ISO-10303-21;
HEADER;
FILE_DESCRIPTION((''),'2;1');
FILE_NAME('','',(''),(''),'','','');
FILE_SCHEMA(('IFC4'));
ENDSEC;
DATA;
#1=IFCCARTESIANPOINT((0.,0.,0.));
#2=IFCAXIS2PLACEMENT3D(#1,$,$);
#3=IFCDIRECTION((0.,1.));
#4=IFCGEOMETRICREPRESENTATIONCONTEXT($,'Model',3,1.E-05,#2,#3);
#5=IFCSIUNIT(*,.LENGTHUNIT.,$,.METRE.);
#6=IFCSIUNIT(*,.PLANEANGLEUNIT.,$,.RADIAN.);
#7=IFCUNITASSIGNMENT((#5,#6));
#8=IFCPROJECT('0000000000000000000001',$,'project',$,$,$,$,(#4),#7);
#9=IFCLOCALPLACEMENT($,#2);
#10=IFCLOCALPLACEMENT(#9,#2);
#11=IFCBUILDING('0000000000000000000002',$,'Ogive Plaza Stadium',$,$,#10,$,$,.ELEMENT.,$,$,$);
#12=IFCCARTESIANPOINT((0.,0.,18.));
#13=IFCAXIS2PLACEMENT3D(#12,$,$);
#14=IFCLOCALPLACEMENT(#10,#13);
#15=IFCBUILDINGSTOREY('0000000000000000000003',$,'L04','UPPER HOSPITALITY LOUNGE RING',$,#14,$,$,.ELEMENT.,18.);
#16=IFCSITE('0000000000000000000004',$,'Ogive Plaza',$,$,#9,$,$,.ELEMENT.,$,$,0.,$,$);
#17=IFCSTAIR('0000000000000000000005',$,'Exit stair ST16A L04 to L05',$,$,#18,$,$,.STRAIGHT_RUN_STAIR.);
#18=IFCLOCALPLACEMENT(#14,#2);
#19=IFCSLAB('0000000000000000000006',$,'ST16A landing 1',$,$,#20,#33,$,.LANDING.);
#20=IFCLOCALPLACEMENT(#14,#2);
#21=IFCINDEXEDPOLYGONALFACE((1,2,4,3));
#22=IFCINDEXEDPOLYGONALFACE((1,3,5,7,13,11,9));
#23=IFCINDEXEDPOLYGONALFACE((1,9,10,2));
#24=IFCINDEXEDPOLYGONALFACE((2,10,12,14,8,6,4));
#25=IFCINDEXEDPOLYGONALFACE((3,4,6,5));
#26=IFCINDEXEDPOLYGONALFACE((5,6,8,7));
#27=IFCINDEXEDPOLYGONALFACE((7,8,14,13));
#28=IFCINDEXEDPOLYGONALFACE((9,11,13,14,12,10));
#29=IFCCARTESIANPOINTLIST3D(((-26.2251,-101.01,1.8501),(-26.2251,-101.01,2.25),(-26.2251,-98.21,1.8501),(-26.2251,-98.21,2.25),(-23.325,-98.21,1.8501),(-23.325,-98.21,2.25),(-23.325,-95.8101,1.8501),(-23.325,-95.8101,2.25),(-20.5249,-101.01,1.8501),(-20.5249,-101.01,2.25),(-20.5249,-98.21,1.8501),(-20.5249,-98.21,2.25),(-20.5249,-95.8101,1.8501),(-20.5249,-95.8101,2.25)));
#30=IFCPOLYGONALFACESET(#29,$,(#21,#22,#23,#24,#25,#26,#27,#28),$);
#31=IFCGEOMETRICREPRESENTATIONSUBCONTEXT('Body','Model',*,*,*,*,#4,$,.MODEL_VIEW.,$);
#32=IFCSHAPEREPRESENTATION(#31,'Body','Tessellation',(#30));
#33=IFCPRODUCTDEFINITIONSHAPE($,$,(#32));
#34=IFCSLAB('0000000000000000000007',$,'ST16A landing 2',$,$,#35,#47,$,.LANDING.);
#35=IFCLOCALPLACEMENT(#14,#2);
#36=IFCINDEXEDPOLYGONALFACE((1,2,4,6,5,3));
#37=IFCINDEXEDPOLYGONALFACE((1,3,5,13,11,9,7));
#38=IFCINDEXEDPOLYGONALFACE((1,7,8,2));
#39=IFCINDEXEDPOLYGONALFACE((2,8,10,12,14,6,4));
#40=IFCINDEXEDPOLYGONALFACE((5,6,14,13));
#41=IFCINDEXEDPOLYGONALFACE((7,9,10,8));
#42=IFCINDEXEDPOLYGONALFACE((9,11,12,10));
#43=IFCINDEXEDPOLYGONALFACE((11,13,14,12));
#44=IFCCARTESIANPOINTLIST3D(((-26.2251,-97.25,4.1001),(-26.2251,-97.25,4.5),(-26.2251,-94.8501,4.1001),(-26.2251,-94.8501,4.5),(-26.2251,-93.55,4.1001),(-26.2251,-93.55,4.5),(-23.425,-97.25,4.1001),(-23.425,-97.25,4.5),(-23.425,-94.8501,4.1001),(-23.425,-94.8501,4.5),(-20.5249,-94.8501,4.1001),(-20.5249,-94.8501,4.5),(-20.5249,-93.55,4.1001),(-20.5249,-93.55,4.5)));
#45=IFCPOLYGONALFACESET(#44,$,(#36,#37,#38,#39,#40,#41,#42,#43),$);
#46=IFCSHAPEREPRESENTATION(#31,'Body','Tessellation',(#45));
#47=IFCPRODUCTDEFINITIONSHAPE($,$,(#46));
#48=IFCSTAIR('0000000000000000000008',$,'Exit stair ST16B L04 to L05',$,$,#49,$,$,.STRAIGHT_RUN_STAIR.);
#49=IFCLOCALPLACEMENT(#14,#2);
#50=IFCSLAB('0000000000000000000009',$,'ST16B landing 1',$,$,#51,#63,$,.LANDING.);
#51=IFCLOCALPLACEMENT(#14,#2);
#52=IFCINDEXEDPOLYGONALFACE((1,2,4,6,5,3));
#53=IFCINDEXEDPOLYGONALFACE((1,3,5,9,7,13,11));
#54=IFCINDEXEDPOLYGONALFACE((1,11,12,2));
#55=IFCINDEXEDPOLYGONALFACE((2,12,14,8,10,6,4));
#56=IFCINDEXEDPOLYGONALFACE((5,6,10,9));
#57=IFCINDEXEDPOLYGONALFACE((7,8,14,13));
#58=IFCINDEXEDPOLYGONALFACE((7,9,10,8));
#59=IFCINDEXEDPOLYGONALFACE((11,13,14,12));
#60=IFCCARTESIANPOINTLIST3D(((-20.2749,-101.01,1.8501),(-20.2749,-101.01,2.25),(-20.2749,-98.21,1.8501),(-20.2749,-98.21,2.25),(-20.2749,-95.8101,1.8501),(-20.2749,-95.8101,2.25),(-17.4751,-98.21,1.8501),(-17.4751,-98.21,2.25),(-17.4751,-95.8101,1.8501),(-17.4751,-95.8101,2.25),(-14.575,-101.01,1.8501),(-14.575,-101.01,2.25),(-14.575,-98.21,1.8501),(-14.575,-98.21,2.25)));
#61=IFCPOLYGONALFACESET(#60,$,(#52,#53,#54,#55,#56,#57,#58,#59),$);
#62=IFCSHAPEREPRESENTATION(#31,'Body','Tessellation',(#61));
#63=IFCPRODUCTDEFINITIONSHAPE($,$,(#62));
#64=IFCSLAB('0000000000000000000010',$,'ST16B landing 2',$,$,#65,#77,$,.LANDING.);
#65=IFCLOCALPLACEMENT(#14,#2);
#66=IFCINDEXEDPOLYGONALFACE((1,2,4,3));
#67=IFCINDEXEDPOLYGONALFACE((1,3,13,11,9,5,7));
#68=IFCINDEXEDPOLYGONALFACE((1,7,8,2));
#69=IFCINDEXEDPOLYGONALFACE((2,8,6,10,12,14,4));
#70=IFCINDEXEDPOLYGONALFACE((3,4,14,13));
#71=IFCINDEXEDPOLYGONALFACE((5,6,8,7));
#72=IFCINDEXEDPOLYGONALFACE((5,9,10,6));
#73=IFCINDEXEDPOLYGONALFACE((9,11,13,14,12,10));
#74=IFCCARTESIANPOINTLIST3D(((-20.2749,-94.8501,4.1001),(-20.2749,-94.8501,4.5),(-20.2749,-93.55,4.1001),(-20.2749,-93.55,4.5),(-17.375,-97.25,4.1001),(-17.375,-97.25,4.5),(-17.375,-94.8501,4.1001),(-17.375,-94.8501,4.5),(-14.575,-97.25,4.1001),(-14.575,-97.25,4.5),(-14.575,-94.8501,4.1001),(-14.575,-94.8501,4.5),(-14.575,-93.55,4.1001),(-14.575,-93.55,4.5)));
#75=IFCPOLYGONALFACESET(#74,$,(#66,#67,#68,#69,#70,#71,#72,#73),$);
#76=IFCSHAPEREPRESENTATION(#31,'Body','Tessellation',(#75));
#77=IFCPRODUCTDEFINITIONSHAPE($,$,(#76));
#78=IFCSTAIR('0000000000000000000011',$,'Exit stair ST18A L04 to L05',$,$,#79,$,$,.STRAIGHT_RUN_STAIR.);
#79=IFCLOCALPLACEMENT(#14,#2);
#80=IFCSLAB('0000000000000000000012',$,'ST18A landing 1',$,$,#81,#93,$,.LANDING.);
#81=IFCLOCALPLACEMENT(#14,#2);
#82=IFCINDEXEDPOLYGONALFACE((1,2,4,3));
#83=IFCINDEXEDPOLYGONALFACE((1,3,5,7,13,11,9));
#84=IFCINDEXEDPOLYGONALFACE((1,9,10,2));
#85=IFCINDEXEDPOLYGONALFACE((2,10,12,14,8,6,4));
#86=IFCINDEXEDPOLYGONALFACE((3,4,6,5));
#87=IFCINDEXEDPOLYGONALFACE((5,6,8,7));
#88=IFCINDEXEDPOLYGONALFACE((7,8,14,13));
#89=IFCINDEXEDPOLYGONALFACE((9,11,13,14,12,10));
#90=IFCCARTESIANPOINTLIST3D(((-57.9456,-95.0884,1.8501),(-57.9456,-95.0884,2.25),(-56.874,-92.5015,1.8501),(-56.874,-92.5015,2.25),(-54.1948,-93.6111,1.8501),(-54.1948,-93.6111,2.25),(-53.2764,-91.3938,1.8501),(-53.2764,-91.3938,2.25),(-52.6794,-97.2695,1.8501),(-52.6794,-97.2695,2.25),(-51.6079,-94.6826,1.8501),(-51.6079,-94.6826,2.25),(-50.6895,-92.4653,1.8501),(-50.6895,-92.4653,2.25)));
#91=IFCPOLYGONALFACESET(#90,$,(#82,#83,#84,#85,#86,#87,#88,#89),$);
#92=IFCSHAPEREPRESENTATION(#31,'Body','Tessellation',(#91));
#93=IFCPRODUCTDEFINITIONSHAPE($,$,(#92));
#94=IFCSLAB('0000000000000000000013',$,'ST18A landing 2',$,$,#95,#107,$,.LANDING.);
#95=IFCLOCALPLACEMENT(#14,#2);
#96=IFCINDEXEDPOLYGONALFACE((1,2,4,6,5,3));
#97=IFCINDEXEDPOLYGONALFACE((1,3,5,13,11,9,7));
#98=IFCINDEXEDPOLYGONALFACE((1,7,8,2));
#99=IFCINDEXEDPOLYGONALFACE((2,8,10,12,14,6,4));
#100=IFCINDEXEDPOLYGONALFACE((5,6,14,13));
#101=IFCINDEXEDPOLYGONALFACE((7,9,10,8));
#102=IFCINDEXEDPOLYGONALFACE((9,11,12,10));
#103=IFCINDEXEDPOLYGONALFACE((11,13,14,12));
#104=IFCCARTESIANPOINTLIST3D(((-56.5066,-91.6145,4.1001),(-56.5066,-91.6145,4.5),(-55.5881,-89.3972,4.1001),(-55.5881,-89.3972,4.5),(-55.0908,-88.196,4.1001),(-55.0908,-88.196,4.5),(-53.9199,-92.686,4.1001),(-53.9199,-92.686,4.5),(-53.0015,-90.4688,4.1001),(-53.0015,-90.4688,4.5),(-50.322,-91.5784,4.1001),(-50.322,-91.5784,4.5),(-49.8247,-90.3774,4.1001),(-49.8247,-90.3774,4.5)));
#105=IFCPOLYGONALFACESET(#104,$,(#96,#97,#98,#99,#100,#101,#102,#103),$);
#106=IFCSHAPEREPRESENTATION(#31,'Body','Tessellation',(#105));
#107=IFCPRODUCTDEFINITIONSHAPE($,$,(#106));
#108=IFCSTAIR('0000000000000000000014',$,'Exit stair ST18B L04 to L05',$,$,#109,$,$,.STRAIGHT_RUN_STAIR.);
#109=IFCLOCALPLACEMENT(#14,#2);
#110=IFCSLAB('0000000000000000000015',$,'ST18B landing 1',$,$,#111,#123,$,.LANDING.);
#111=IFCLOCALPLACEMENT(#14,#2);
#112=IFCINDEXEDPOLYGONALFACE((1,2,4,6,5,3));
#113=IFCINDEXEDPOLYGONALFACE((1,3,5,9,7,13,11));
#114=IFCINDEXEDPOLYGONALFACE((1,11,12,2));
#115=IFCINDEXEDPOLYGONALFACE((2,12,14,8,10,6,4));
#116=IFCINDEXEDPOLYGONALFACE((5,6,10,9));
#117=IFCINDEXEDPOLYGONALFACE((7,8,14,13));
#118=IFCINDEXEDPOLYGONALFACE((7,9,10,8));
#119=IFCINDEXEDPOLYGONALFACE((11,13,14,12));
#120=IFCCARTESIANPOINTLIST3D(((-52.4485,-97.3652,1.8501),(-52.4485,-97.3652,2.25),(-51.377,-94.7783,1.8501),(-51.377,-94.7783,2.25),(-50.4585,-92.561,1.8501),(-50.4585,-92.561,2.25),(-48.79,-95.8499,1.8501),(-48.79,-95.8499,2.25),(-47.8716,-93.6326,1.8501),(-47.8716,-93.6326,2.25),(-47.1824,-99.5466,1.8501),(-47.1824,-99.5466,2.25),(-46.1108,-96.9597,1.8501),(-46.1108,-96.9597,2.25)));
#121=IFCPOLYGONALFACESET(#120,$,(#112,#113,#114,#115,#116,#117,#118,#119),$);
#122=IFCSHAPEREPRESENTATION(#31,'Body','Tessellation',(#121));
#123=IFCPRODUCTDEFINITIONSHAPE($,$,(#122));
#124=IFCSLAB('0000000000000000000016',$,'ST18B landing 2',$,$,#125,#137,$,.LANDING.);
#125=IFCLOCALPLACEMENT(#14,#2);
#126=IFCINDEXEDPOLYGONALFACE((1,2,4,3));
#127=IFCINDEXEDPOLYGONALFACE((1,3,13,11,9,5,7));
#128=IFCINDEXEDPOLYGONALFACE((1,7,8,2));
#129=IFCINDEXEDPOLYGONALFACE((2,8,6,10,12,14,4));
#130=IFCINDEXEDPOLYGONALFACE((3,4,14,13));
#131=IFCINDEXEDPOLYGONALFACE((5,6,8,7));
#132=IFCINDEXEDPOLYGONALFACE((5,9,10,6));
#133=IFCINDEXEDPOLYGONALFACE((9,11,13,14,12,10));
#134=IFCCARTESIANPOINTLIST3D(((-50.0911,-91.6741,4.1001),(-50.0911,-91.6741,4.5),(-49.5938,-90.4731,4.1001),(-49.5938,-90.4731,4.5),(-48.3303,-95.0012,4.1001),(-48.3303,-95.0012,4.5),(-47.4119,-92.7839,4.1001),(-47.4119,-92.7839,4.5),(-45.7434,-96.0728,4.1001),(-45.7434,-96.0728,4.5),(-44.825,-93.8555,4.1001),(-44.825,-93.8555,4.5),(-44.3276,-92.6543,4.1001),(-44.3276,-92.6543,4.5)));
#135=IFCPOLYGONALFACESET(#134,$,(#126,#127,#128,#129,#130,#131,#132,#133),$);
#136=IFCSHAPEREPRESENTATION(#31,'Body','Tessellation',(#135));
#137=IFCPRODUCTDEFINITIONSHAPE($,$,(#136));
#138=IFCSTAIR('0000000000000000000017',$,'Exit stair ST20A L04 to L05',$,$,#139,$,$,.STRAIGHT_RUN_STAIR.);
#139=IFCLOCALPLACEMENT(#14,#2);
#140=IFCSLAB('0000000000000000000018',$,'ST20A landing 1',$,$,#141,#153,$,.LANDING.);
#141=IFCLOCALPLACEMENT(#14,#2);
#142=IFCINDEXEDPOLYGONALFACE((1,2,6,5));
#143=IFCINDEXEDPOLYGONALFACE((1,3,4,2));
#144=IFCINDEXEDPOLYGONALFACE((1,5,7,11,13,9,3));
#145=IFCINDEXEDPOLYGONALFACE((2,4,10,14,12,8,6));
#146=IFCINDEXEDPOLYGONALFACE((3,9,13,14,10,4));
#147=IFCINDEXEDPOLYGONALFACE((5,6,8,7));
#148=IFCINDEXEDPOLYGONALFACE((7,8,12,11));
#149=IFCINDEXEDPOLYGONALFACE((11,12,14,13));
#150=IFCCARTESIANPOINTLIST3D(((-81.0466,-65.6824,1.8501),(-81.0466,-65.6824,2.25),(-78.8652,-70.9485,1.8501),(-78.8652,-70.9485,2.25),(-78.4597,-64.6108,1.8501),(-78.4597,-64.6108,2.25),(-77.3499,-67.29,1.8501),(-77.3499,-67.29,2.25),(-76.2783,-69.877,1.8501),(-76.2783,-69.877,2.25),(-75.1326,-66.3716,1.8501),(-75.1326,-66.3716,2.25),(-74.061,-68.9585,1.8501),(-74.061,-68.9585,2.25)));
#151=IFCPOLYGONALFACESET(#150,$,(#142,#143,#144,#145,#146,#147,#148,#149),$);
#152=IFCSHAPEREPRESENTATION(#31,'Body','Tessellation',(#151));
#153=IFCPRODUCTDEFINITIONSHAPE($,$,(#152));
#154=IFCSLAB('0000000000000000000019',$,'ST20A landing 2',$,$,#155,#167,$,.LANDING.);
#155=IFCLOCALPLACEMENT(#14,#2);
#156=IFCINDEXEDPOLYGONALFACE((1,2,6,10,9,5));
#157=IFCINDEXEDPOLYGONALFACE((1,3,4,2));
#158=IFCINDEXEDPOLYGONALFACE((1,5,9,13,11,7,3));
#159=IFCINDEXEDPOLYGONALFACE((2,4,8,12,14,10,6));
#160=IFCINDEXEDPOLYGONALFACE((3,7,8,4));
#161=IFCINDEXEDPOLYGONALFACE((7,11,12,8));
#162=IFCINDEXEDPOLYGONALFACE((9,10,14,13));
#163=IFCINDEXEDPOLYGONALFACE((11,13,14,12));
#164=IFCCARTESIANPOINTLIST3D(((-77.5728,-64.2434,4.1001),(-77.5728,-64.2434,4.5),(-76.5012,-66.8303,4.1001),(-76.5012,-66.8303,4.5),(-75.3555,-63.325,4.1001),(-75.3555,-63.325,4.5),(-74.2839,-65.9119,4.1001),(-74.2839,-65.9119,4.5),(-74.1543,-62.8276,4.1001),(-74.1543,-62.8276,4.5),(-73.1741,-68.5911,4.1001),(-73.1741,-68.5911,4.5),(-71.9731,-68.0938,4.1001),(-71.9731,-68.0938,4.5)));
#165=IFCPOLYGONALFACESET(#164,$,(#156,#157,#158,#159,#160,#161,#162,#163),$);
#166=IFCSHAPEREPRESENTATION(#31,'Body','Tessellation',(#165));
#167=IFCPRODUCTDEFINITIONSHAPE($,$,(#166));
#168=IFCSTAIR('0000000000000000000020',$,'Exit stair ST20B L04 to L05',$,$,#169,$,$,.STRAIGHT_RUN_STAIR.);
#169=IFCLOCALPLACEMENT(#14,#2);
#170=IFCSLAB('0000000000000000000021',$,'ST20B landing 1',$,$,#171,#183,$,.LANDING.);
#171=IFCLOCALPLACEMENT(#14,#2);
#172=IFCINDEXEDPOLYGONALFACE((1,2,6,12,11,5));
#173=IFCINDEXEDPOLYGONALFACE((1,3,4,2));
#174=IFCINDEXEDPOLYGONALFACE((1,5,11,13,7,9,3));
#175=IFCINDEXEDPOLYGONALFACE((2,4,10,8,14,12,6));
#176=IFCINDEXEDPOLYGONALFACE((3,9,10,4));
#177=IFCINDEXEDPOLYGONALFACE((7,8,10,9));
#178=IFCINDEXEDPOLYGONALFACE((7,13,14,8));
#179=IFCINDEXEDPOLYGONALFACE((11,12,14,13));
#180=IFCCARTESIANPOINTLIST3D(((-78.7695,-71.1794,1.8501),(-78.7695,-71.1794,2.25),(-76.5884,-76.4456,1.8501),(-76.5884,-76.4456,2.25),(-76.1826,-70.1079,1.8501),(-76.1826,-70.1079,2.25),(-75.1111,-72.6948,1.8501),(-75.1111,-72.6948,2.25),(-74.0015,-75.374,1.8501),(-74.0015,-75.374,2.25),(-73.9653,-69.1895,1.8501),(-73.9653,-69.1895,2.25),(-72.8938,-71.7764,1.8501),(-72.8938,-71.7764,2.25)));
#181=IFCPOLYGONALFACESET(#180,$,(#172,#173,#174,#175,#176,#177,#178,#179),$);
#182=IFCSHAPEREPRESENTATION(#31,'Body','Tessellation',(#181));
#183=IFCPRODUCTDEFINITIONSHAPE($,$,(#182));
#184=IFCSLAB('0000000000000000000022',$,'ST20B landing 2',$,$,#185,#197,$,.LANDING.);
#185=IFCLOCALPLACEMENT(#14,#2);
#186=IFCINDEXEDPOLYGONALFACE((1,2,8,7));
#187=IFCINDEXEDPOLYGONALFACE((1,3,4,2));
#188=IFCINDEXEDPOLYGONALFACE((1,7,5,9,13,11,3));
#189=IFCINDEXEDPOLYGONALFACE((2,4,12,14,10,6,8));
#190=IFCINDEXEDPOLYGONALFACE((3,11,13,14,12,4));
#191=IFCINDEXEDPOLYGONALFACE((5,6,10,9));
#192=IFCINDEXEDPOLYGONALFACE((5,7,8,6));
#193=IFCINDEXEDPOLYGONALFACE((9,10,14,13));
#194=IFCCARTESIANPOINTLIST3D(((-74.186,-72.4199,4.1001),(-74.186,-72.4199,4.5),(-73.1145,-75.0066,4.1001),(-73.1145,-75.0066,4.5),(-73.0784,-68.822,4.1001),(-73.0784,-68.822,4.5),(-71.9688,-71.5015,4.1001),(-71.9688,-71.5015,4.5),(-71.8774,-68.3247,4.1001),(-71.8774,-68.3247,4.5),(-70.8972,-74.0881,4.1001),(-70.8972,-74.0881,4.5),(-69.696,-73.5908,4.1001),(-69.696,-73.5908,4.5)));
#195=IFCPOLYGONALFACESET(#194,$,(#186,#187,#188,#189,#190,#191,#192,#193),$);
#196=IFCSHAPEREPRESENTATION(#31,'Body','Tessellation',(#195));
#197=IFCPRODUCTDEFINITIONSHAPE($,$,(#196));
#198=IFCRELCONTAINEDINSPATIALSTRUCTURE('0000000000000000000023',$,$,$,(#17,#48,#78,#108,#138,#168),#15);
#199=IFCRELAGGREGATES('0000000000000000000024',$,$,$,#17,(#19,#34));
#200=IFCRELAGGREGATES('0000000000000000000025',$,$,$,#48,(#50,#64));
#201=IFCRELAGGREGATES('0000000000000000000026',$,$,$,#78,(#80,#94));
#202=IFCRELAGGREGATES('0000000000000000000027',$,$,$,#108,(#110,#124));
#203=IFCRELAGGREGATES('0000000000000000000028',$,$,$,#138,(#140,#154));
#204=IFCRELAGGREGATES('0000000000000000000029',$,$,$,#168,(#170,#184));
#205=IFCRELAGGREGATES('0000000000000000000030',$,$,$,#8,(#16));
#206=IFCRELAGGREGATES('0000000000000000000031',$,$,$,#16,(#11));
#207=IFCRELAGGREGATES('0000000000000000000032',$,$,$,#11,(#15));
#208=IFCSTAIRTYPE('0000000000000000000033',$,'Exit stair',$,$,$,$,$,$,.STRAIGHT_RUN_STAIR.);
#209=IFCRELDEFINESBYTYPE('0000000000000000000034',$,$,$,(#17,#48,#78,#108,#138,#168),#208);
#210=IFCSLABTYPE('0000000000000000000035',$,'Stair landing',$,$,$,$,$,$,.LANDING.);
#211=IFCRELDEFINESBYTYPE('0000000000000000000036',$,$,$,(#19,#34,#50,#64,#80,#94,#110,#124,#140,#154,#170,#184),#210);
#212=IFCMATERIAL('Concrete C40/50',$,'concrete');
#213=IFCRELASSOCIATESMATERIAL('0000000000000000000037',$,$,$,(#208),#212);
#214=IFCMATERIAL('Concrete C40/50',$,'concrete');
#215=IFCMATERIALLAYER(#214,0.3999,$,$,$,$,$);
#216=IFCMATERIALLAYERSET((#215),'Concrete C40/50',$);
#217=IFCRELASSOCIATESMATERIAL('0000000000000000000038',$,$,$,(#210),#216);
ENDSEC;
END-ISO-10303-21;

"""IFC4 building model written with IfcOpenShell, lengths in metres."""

from ifc_helpers import new_model, si_unit, direction, frame, origin, place, context, subcontext, project, spatial, polyline, outline, extrude, material, layer, layer_set, type_object, element, aggregate, save


model = new_model("IFC4")

# Units and contexts
model_context = context("Model", 3, precision=1e-05, world=origin(), true_north=direction((0.0, 1.0)))
body_context = subcontext(model_context, "Body", "Model", "MODEL_VIEW")
ifc_project = project(units=[si_unit("LENGTHUNIT", "METRE"), si_unit("PLANEANGLEUNIT", "RADIAN")], contexts=[model_context])

# Site, building, storey
site_placement = place(None, origin())
site = spatial("IfcSite", under=ifc_project, at=site_placement, Name="Ogive Plaza", CompositionType="ELEMENT", RefElevation=0.0)
building_placement = place(site_placement, origin())
building = spatial("IfcBuilding", under=site, at=building_placement, Name="Ogive Plaza Stadium", CompositionType="ELEMENT")
storey_placement = place(building_placement, frame((0.0, 0.0, 18.0)))
storey = spatial("IfcBuildingStorey", under=building, at=storey_placement, Name="L04", Description="UPPER HOSPITALITY LOUNGE RING", CompositionType="ELEMENT", Elevation=18.0)

# Stairs, slabs
ifc_material_1 = material(Name="Concrete C40/50", Category="concrete")
stair_type = type_object("IfcStairType", Name="Exit stair", PredefinedType="STRAIGHT_RUN_STAIR", material=ifc_material_1)
ifc_material_2 = material(Name="Concrete C40/50", Category="concrete")
ifc_layer = layer(ifc_material_2, 0.3999)
ifc_layer_set = layer_set([ifc_layer], Name="Concrete C40/50")
slab_type = type_object("IfcSlabType", Name="Stair landing", PredefinedType="LANDING", material=ifc_layer_set)
stair_1_placement = place(storey_placement, origin())
stair_1 = element("IfcStair", 1, at=stair_1_placement, inside=storey, type_object=stair_type, Name="Exit stair ST16A L04 to L05", PredefinedType="STRAIGHT_RUN_STAIR")
slab_1_placement = place(storey_placement, frame((0.0, 0.0, 1.8501)))
slab_1 = element("IfcSlab", 2, at=slab_1_placement, type_object=slab_type, Name="ST16A landing 1", PredefinedType="LANDING", context=body_context, shape_type="SweptSolid", body=[
    extrude(outline(polyline([(-20.5249, -101.01), (-26.2251, -101.01), (-26.2251, -98.21), (-23.325, -98.21), (-23.325, -95.8101), (-20.5249, -95.8101), (-20.5249, -98.21), (-20.5249, -101.01)])), origin(), (0.0, 0.0, 1.0), 0.3999),
])
slab_2_placement = place(storey_placement, frame((0.0, 0.0, 4.1001)))
slab_2 = element("IfcSlab", 3, at=slab_2_placement, type_object=slab_type, Name="ST16A landing 2", PredefinedType="LANDING", context=body_context, shape_type="SweptSolid", body=[
    extrude(outline(polyline([(-23.425, -97.25), (-26.2251, -97.25), (-26.2251, -94.8501), (-26.2251, -93.55), (-20.5249, -93.55), (-20.5249, -94.8501), (-23.425, -94.8501), (-23.425, -97.25)])), origin(), (0.0, 0.0, 1.0), 0.3999),
])
aggregate(stair_1, [slab_1, slab_2])
stair_2_placement = place(storey_placement, origin())
stair_2 = element("IfcStair", 4, at=stair_2_placement, inside=storey, type_object=stair_type, Name="Exit stair ST16B L04 to L05", PredefinedType="STRAIGHT_RUN_STAIR")
slab_3_placement = place(storey_placement, frame((0.0, 0.0, 1.8501)))
slab_3 = element("IfcSlab", 5, at=slab_3_placement, type_object=slab_type, Name="ST16B landing 1", PredefinedType="LANDING", context=body_context, shape_type="SweptSolid", body=[
    extrude(outline(polyline([(-20.2749, -95.8101), (-17.4751, -95.8101), (-17.4751, -98.21), (-14.575, -98.21), (-14.575, -101.01), (-20.2749, -101.01), (-20.2749, -98.21), (-20.2749, -95.8101)])), origin(), (0.0, 0.0, 1.0), 0.3999),
])
slab_4_placement = place(storey_placement, frame((0.0, 0.0, 4.1001)))
slab_4 = element("IfcSlab", 6, at=slab_4_placement, type_object=slab_type, Name="ST16B landing 2", PredefinedType="LANDING", context=body_context, shape_type="SweptSolid", body=[
    extrude(outline(polyline([(-20.2749, -94.8501), (-20.2749, -93.55), (-14.575, -93.55), (-14.575, -94.8501), (-14.575, -97.25), (-17.375, -97.25), (-17.375, -94.8501), (-20.2749, -94.8501)])), origin(), (0.0, 0.0, 1.0), 0.3999),
])
aggregate(stair_2, [slab_3, slab_4])
stair_3_placement = place(storey_placement, origin())
stair_3 = element("IfcStair", 7, at=stair_3_placement, inside=storey, type_object=stair_type, Name="Exit stair ST18A L04 to L05", PredefinedType="STRAIGHT_RUN_STAIR")
slab_5_placement = place(storey_placement, frame((0.0, 0.0, 1.8501)))
slab_5 = element("IfcSlab", 8, at=slab_5_placement, type_object=slab_type, Name="ST18A landing 1", PredefinedType="LANDING", context=body_context, shape_type="SweptSolid", body=[
    extrude(outline(polyline([(-52.6794, -97.2695), (-57.9456, -95.0884), (-56.874, -92.5015), (-54.1948, -93.6111), (-53.2764, -91.3938), (-50.6895, -92.4653), (-51.6079, -94.6826), (-52.6794, -97.2695)])), origin(), (0.0, 0.0, 1.0), 0.3999),
])
slab_6_placement = place(storey_placement, frame((0.0, 0.0, 4.1001)))
slab_6 = element("IfcSlab", 9, at=slab_6_placement, type_object=slab_type, Name="ST18A landing 2", PredefinedType="LANDING", context=body_context, shape_type="SweptSolid", body=[
    extrude(outline(polyline([(-53.9199, -92.686), (-56.5066, -91.6145), (-55.5881, -89.3972), (-55.0908, -88.196), (-49.8247, -90.3774), (-50.322, -91.5784), (-53.0015, -90.4688), (-53.9199, -92.686)])), origin(), (0.0, 0.0, 1.0), 0.3999),
])
aggregate(stair_3, [slab_5, slab_6])
stair_4_placement = place(storey_placement, origin())
stair_4 = element("IfcStair", 10, at=stair_4_placement, inside=storey, type_object=stair_type, Name="Exit stair ST18B L04 to L05", PredefinedType="STRAIGHT_RUN_STAIR")
slab_7_placement = place(storey_placement, frame((0.0, 0.0, 1.8501)))
slab_7 = element("IfcSlab", 11, at=slab_7_placement, type_object=slab_type, Name="ST18B landing 1", PredefinedType="LANDING", context=body_context, shape_type="SweptSolid", body=[
    extrude(outline(polyline([(-50.4585, -92.561), (-47.8716, -93.6326), (-48.79, -95.8499), (-46.1108, -96.9597), (-47.1824, -99.5466), (-52.4485, -97.3652), (-51.377, -94.7783), (-50.4585, -92.561)])), origin(), (0.0, 0.0, 1.0), 0.3999),
])
slab_8_placement = place(storey_placement, frame((0.0, 0.0, 4.1001)))
slab_8 = element("IfcSlab", 12, at=slab_8_placement, type_object=slab_type, Name="ST18B landing 2", PredefinedType="LANDING", context=body_context, shape_type="SweptSolid", body=[
    extrude(outline(polyline([(-50.0911, -91.6741), (-49.5938, -90.4731), (-44.3276, -92.6543), (-44.825, -93.8555), (-45.7434, -96.0728), (-48.3303, -95.0012), (-47.4119, -92.7839), (-50.0911, -91.6741)])), origin(), (0.0, 0.0, 1.0), 0.3999),
])
aggregate(stair_4, [slab_7, slab_8])
stair_5_placement = place(storey_placement, origin())
stair_5 = element("IfcStair", 13, at=stair_5_placement, inside=storey, type_object=stair_type, Name="Exit stair ST20A L04 to L05", PredefinedType="STRAIGHT_RUN_STAIR")
slab_9_placement = place(storey_placement, frame((0.0, 0.0, 1.8501)))
slab_9 = element("IfcSlab", 14, at=slab_9_placement, type_object=slab_type, Name="ST20A landing 1", PredefinedType="LANDING", context=body_context, shape_type="SweptSolid", body=[
    extrude(outline(polyline([(-78.8652, -70.9485), (-81.0466, -65.6824), (-78.4597, -64.6108), (-77.3499, -67.29), (-75.1326, -66.3716), (-74.061, -68.9585), (-76.2783, -69.877), (-78.8652, -70.9485)])), origin(), (0.0, 0.0, 1.0), 0.3999),
])
slab_10_placement = place(storey_placement, frame((0.0, 0.0, 4.1001)))
slab_10 = element("IfcSlab", 15, at=slab_10_placement, type_object=slab_type, Name="ST20A landing 2", PredefinedType="LANDING", context=body_context, shape_type="SweptSolid", body=[
    extrude(outline(polyline([(-76.5012, -66.8303), (-77.5728, -64.2434), (-75.3555, -63.325), (-74.1543, -62.8276), (-71.9731, -68.0938), (-73.1741, -68.5911), (-74.2839, -65.9119), (-76.5012, -66.8303)])), origin(), (0.0, 0.0, 1.0), 0.3999),
])
aggregate(stair_5, [slab_9, slab_10])
stair_6_placement = place(storey_placement, origin())
stair_6 = element("IfcStair", 16, at=stair_6_placement, inside=storey, type_object=stair_type, Name="Exit stair ST20B L04 to L05", PredefinedType="STRAIGHT_RUN_STAIR")
slab_11_placement = place(storey_placement, frame((0.0, 0.0, 1.8501)))
slab_11 = element("IfcSlab", 17, at=slab_11_placement, type_object=slab_type, Name="ST20B landing 1", PredefinedType="LANDING", context=body_context, shape_type="SweptSolid", body=[
    extrude(outline(polyline([(-73.9653, -69.1895), (-72.8938, -71.7764), (-75.1111, -72.6948), (-74.0015, -75.374), (-76.5884, -76.4456), (-78.7695, -71.1794), (-76.1826, -70.1079), (-73.9653, -69.1895)])), origin(), (0.0, 0.0, 1.0), 0.3999),
])
slab_12_placement = place(storey_placement, frame((0.0, 0.0, 4.1001)))
slab_12 = element("IfcSlab", 18, at=slab_12_placement, type_object=slab_type, Name="ST20B landing 2", PredefinedType="LANDING", context=body_context, shape_type="SweptSolid", body=[
    extrude(outline(polyline([(-73.0784, -68.822), (-71.8774, -68.3247), (-69.696, -73.5908), (-70.8972, -74.0881), (-73.1145, -75.0066), (-74.186, -72.4199), (-71.9688, -71.5015), (-73.0784, -68.822)])), origin(), (0.0, 0.0, 1.0), 0.3999),
])
aggregate(stair_6, [slab_11, slab_12])

save(model, "model.ifc")
